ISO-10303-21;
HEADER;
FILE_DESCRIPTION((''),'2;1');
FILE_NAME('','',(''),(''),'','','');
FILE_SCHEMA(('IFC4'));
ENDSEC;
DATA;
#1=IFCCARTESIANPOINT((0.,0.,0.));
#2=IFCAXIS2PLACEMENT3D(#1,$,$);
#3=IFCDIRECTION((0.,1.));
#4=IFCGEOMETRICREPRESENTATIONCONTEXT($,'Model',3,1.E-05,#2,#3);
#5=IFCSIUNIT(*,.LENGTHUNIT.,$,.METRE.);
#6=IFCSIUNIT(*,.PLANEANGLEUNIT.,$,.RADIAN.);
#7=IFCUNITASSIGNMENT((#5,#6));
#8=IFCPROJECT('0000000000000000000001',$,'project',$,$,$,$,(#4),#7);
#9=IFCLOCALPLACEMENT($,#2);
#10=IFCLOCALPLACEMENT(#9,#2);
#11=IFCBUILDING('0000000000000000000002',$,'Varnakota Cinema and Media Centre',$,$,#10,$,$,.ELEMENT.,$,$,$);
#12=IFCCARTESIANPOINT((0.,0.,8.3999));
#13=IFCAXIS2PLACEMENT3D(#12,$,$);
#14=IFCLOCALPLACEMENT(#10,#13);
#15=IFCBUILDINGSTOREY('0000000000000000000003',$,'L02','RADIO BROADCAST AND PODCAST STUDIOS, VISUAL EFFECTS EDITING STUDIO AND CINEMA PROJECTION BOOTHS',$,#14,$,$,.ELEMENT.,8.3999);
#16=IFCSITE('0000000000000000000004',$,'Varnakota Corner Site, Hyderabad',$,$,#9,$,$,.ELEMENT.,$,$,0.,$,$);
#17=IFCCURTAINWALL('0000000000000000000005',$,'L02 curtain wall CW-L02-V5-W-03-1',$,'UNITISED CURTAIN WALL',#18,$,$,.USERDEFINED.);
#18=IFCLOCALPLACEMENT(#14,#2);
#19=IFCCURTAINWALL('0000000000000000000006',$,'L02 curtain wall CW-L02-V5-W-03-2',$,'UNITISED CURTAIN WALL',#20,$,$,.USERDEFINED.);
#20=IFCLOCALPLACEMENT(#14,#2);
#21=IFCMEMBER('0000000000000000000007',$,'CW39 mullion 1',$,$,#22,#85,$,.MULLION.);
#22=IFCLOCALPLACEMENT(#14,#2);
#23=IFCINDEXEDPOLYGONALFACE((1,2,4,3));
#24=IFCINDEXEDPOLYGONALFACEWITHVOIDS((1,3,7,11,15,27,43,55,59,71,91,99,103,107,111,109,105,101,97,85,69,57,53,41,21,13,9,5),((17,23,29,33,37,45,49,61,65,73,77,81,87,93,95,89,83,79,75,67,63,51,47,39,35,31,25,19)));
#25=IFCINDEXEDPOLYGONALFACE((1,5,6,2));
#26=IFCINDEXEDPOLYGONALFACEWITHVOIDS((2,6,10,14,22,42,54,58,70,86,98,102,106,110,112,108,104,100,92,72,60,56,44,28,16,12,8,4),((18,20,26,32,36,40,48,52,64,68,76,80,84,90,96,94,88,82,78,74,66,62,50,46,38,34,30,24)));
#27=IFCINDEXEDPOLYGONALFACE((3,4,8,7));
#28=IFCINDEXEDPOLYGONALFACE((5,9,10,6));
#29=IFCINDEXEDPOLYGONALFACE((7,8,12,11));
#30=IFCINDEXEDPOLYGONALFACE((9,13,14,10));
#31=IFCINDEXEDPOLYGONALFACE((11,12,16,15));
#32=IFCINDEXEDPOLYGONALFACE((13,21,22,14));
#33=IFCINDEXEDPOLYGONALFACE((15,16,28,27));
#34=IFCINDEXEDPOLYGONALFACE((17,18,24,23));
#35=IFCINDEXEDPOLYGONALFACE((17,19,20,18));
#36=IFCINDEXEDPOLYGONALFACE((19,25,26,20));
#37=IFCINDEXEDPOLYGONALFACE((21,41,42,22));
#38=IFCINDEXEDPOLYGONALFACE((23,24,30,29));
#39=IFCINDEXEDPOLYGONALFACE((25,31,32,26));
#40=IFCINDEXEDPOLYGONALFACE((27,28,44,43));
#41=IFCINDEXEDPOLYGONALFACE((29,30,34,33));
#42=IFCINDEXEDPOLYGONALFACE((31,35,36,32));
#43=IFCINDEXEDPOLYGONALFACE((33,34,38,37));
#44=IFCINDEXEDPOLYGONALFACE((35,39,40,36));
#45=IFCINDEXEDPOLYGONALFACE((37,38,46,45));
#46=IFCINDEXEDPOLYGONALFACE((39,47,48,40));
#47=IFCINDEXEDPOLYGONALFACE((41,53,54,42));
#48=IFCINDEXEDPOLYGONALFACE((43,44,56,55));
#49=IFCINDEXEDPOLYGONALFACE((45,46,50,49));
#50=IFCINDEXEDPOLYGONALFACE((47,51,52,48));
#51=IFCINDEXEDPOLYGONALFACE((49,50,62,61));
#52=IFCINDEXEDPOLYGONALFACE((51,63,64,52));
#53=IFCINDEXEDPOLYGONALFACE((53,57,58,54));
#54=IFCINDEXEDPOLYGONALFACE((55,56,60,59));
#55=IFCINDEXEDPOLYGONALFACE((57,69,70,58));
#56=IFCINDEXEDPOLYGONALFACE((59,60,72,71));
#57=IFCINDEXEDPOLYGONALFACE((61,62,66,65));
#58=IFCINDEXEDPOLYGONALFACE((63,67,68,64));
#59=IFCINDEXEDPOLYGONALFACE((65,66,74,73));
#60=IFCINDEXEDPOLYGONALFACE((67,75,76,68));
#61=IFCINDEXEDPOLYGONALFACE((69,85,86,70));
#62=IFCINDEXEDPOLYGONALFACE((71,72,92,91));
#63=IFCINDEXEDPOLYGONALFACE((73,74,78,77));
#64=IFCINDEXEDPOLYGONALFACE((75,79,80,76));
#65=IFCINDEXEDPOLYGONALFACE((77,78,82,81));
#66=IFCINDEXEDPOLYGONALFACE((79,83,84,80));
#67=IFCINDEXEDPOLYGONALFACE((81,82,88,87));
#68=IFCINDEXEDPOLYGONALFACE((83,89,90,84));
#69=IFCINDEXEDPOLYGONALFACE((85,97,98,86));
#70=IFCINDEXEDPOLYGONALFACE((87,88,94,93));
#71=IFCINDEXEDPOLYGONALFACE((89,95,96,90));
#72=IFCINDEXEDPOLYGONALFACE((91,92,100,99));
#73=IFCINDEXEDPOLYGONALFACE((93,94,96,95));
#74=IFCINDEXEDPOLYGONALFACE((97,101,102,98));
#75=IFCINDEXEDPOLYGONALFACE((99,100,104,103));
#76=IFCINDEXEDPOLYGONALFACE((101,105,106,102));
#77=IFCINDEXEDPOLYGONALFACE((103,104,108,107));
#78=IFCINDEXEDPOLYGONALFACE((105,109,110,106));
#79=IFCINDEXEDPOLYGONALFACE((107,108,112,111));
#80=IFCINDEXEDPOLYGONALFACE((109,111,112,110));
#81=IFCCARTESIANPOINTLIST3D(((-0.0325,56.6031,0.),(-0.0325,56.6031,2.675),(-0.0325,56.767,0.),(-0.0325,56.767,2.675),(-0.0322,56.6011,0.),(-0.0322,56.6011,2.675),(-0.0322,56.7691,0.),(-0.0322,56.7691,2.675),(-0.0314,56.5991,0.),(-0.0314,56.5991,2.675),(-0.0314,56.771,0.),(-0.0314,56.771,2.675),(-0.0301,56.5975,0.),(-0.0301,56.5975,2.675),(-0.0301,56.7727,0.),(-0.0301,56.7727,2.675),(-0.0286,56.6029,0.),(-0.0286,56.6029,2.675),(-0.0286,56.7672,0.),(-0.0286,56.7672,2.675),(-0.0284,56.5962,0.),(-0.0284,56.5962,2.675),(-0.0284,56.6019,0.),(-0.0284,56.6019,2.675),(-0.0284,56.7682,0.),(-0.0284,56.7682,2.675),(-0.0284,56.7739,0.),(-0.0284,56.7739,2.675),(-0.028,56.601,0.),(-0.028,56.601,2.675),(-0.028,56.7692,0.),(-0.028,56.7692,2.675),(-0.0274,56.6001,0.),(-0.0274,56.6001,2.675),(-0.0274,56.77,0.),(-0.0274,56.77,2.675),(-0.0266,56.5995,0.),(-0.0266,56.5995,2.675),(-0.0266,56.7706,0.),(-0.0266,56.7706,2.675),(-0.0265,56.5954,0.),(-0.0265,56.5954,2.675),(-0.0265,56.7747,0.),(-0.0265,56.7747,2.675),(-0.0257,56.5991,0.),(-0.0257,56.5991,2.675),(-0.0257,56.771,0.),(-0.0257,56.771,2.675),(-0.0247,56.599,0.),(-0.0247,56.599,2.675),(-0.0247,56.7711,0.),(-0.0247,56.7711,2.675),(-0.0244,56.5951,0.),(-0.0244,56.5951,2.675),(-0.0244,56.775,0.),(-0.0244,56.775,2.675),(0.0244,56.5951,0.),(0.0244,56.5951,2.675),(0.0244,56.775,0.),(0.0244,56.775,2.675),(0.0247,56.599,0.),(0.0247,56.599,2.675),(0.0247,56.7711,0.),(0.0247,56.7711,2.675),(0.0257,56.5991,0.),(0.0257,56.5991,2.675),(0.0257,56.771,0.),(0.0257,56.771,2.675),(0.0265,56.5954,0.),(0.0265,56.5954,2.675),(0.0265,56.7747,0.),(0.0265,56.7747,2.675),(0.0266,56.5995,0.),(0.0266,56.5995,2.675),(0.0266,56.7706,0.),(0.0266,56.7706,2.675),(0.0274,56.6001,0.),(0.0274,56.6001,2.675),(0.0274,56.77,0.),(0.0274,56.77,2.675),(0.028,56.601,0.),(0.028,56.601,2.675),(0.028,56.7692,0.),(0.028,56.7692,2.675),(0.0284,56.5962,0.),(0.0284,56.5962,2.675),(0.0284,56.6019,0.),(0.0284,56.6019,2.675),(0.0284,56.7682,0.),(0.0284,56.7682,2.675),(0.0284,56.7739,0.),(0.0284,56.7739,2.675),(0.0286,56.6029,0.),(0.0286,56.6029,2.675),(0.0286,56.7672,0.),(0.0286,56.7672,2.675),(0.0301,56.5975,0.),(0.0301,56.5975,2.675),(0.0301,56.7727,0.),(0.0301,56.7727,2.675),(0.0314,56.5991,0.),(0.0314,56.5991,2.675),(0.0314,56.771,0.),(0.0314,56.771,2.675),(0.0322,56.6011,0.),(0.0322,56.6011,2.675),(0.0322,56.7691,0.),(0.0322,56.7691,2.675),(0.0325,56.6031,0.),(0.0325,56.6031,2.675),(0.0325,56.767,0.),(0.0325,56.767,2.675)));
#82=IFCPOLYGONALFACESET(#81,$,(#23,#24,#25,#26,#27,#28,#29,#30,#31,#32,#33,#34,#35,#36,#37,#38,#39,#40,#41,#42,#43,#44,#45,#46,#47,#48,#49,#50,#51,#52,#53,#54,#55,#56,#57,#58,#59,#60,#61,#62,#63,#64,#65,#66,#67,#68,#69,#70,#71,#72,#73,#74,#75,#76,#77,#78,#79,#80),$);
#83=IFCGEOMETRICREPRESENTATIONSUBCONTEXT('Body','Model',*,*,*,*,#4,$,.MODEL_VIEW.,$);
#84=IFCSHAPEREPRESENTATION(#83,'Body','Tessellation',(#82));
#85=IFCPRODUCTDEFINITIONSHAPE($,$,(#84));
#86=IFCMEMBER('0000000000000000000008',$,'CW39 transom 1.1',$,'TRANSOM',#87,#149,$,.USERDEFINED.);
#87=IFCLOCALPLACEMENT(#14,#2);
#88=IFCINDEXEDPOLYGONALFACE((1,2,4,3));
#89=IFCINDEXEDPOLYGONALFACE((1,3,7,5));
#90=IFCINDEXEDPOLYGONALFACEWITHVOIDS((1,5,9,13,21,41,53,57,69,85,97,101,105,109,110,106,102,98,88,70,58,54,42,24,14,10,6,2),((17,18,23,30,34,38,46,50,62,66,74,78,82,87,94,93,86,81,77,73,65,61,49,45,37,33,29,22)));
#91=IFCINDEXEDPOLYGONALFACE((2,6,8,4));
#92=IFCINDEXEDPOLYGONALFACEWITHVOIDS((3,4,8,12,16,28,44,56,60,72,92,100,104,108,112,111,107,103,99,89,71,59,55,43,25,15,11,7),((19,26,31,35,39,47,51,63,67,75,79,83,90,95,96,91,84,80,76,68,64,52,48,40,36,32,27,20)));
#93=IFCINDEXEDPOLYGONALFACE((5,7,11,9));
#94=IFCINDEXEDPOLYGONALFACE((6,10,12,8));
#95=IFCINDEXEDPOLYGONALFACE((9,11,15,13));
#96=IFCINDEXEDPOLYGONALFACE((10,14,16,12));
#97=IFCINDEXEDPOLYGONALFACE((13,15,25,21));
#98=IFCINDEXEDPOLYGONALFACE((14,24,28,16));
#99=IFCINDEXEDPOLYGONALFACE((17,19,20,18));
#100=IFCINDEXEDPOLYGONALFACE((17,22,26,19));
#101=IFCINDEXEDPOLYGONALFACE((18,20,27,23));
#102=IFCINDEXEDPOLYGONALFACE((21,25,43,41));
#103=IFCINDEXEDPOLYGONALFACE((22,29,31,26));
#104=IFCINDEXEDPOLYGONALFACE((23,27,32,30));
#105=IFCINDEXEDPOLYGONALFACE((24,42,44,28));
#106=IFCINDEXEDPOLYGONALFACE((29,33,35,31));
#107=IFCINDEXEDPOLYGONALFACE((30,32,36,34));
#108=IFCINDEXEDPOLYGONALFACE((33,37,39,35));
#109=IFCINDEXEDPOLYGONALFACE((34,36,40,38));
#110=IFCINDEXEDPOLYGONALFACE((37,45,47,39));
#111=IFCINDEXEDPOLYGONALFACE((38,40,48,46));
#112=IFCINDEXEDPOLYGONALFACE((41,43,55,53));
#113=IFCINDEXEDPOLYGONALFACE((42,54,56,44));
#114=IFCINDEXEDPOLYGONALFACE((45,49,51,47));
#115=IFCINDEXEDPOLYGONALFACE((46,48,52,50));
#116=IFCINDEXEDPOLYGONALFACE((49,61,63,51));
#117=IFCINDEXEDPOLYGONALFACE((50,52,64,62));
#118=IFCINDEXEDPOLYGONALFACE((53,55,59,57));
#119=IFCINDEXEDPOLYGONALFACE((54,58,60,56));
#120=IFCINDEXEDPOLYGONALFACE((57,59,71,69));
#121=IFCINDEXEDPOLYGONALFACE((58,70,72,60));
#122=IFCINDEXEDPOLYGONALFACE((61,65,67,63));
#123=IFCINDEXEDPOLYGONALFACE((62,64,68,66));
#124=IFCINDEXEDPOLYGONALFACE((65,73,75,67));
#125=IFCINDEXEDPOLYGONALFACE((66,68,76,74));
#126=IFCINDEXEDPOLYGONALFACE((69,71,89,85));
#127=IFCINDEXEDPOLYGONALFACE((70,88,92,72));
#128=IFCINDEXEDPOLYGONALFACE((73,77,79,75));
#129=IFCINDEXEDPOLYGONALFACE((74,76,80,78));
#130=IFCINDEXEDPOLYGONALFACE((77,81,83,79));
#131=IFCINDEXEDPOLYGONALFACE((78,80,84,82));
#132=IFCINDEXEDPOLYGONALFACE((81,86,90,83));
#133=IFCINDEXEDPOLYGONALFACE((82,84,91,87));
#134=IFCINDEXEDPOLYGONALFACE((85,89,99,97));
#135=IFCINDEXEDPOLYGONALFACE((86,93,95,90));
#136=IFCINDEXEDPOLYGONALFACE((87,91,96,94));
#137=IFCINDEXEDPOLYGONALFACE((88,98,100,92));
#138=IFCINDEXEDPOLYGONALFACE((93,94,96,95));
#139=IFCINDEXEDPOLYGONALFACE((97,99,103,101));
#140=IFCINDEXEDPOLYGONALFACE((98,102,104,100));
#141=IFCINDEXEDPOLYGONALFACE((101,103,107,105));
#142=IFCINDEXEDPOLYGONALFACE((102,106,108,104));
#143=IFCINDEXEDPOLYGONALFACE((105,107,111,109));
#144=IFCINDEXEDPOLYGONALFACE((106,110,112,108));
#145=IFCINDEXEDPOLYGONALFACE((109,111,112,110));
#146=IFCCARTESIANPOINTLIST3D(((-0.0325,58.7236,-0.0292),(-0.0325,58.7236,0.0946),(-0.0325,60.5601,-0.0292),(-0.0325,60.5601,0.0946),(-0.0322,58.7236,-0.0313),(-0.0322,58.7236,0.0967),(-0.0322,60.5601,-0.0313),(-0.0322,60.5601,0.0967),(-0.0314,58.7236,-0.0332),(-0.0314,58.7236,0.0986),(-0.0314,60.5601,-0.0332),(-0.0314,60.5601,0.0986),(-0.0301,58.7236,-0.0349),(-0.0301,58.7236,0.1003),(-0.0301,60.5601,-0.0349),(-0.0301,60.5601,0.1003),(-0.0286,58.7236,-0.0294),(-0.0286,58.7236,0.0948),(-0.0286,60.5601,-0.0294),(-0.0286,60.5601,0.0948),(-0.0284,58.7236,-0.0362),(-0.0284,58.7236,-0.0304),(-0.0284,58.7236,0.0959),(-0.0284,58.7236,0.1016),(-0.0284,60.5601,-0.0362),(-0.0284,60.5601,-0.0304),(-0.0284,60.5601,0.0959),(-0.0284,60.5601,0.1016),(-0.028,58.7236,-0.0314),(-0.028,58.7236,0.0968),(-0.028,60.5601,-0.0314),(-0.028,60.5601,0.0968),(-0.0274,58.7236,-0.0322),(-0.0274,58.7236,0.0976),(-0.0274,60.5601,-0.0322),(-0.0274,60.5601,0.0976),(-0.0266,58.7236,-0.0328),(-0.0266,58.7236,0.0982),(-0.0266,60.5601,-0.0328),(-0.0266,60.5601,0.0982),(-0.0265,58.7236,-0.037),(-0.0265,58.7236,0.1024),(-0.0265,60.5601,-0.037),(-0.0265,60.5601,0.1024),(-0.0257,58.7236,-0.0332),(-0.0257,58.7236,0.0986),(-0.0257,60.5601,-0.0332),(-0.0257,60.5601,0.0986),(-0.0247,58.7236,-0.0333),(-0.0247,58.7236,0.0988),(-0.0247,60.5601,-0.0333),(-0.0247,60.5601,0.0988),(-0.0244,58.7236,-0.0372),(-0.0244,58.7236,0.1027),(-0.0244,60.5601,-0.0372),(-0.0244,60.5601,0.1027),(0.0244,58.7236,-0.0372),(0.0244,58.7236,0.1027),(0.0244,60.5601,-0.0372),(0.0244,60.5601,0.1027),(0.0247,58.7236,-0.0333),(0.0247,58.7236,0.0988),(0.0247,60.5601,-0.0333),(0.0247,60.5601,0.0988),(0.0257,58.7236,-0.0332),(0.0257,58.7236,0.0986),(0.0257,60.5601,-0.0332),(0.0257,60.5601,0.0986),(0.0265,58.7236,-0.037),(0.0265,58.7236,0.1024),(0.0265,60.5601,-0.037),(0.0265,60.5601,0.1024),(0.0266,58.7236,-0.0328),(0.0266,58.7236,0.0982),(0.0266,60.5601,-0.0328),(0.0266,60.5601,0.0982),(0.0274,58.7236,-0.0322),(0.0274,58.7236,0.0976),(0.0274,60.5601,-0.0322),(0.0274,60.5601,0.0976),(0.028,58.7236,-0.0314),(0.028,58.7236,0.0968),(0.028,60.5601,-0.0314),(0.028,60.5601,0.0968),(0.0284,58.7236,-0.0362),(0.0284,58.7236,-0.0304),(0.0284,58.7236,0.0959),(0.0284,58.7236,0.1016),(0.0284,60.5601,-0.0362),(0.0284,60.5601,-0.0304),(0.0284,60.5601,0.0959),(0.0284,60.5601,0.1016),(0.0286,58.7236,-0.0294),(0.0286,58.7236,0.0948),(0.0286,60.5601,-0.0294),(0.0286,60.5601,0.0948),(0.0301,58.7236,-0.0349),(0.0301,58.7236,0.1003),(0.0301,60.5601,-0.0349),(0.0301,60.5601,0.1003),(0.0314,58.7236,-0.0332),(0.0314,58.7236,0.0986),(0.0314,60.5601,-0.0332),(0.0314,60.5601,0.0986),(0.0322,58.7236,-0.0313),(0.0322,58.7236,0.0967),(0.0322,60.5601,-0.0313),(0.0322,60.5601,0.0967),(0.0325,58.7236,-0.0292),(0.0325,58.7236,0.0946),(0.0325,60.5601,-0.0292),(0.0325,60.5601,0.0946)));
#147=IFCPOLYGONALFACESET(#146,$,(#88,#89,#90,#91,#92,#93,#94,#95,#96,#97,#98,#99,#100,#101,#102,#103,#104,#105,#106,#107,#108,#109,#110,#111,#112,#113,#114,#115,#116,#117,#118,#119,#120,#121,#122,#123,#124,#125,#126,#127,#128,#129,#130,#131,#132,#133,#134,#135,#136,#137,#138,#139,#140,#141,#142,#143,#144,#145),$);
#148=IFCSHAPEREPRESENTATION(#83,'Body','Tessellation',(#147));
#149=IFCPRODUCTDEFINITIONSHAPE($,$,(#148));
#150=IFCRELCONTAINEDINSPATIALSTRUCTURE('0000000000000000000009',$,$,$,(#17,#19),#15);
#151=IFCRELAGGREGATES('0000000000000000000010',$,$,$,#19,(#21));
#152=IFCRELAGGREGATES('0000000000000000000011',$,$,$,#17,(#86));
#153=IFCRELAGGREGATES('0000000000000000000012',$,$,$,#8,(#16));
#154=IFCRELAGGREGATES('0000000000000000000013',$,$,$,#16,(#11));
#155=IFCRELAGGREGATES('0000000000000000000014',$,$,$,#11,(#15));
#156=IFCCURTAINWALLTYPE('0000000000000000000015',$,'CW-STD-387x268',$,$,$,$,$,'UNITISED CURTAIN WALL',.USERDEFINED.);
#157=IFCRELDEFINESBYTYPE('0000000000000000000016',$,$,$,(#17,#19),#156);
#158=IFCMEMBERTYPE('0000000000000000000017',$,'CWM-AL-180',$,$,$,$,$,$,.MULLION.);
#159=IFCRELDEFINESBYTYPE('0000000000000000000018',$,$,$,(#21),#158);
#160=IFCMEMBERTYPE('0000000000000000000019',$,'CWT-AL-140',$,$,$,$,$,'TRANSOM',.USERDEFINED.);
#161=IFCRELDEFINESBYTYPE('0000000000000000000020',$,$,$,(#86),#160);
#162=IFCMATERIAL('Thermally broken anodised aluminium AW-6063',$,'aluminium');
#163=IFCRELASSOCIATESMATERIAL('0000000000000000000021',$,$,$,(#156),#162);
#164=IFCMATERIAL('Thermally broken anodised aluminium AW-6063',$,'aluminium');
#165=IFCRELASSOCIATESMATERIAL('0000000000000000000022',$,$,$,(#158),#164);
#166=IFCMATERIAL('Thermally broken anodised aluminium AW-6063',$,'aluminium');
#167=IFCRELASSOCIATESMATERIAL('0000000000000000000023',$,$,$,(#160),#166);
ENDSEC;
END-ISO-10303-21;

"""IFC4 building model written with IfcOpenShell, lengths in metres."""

from ifc_helpers import new_model, si_unit, direction, frame, origin, origin_2d, place, context, subcontext, project, spatial, hollow_rectangle, extrude, material, material_profile, profile_set, type_object, element, aggregate, save


model = new_model("IFC4")

# Units and contexts
model_context = context("Model", 3, precision=1e-05, world=origin(), true_north=direction((0.0, 1.0)))
body_context = subcontext(model_context, "Body", "Model", "MODEL_VIEW")
ifc_project = project(units=[si_unit("LENGTHUNIT", "METRE"), si_unit("PLANEANGLEUNIT", "RADIAN")], contexts=[model_context])

# Site, building, storey
site_placement = place(None, origin())
site = spatial("IfcSite", under=ifc_project, at=site_placement, Name="Varnakota Corner Site, Hyderabad", CompositionType="ELEMENT", RefElevation=0.0)
building_placement = place(site_placement, origin())
building = spatial("IfcBuilding", under=site, at=building_placement, Name="Varnakota Cinema and Media Centre", CompositionType="ELEMENT")
storey_placement = place(building_placement, frame((0.0, 0.0, 8.3999)))
storey = spatial("IfcBuildingStorey", under=building, at=storey_placement, Name="L02", Description="RADIO BROADCAST AND PODCAST STUDIOS, VISUAL EFFECTS EDITING STUDIO AND CINEMA PROJECTION BOOTHS", CompositionType="ELEMENT", Elevation=8.3999)

# Shared definitions
ifc_material_1 = material(Name="Thermally broken anodised aluminium AW-6063", Category="aluminium")
curtain_wall_type = type_object("IfcCurtainWallType", Name="CW-STD-387x268", ElementType="UNITISED CURTAIN WALL", PredefinedType="USERDEFINED", material=ifc_material_1)
ifc_material_2 = material(Name="Thermally broken anodised aluminium AW-6063", Category="aluminium")
ifc_material_profile_1 = material_profile(ifc_material_2, hollow_rectangle(XDim=0.0649, YDim=0.1799, WallThickness=0.0039, InnerFilletRadius=0.0039, OuterFilletRadius=0.0081, at=origin_2d()), Name="AL-MULLION 180x65x4")
ifc_profile_set_1 = profile_set([ifc_material_profile_1], Name="Thermally broken anodised aluminium AW-6063")
member_type_1 = type_object("IfcMemberType", Name="CWM-AL-180", PredefinedType="MULLION", material=ifc_profile_set_1)

# Curtain wall
curtain_wall_1_placement = place(storey_placement, origin())
curtain_wall_1 = element("IfcCurtainWall", 1, at=curtain_wall_1_placement, inside=storey, type_object=curtain_wall_type, Name="L02 curtain wall CW-L02-V5-W-03-1", ObjectType="UNITISED CURTAIN WALL", PredefinedType="USERDEFINED")

# Curtain wall, member
curtain_wall_2_placement = place(storey_placement, origin())
curtain_wall_2 = element("IfcCurtainWall", 2, at=curtain_wall_2_placement, inside=storey, type_object=curtain_wall_type, Name="L02 curtain wall CW-L02-V5-W-03-2", ObjectType="UNITISED CURTAIN WALL", PredefinedType="USERDEFINED")
member_1_placement = place(storey_placement, frame((0.0, 56.6851, 0.0), z_axis=(0.0, 0.0, 1.0), x_axis=(1.0, 0.0, 0.0)))
member_1 = element("IfcMember", 3, at=member_1_placement, type_object=member_type_1, Name="CW39 mullion 1", PredefinedType="MULLION", context=body_context, shape_type="SweptSolid", body=[
    extrude(hollow_rectangle(XDim=0.0649, YDim=0.1799, WallThickness=0.0039, InnerFilletRadius=0.0039, OuterFilletRadius=0.0081, at=origin_2d()), origin(), (0.0, 0.0, 1.0), 2.675),
])

# Member
ifc_material_3 = material(Name="Thermally broken anodised aluminium AW-6063", Category="aluminium")
ifc_material_profile_2 = material_profile(ifc_material_3, hollow_rectangle(XDim=0.0649, YDim=0.1399, WallThickness=0.0039, InnerFilletRadius=0.0039, OuterFilletRadius=0.0081, at=origin_2d()), Name="AL-TRANSOM 140x65x4")
ifc_profile_set_2 = profile_set([ifc_material_profile_2], Name="Thermally broken anodised aluminium AW-6063")
member_type_2 = type_object("IfcMemberType", Name="CWT-AL-140", ElementType="TRANSOM", PredefinedType="USERDEFINED", material=ifc_profile_set_2)
member_2_placement = place(storey_placement, frame((0.0, 60.5601, 0.0327), z_axis=(0.0, -1.0, 0.0), x_axis=(1.0, 0.0, 0.0)))
member_2 = element("IfcMember", 4, at=member_2_placement, type_object=member_type_2, Name="CW39 transom 1.1", ObjectType="TRANSOM", PredefinedType="USERDEFINED", context=body_context, shape_type="SweptSolid", body=[
    extrude(hollow_rectangle(XDim=0.0649, YDim=0.1399, WallThickness=0.0039, InnerFilletRadius=0.0039, OuterFilletRadius=0.0081, at=origin_2d()), origin(), (0.0, 0.0, 1.0), 1.8364),
])
aggregate(curtain_wall_2, [member_1])

aggregate(curtain_wall_1, [member_2])

save(model, "model.ifc")
